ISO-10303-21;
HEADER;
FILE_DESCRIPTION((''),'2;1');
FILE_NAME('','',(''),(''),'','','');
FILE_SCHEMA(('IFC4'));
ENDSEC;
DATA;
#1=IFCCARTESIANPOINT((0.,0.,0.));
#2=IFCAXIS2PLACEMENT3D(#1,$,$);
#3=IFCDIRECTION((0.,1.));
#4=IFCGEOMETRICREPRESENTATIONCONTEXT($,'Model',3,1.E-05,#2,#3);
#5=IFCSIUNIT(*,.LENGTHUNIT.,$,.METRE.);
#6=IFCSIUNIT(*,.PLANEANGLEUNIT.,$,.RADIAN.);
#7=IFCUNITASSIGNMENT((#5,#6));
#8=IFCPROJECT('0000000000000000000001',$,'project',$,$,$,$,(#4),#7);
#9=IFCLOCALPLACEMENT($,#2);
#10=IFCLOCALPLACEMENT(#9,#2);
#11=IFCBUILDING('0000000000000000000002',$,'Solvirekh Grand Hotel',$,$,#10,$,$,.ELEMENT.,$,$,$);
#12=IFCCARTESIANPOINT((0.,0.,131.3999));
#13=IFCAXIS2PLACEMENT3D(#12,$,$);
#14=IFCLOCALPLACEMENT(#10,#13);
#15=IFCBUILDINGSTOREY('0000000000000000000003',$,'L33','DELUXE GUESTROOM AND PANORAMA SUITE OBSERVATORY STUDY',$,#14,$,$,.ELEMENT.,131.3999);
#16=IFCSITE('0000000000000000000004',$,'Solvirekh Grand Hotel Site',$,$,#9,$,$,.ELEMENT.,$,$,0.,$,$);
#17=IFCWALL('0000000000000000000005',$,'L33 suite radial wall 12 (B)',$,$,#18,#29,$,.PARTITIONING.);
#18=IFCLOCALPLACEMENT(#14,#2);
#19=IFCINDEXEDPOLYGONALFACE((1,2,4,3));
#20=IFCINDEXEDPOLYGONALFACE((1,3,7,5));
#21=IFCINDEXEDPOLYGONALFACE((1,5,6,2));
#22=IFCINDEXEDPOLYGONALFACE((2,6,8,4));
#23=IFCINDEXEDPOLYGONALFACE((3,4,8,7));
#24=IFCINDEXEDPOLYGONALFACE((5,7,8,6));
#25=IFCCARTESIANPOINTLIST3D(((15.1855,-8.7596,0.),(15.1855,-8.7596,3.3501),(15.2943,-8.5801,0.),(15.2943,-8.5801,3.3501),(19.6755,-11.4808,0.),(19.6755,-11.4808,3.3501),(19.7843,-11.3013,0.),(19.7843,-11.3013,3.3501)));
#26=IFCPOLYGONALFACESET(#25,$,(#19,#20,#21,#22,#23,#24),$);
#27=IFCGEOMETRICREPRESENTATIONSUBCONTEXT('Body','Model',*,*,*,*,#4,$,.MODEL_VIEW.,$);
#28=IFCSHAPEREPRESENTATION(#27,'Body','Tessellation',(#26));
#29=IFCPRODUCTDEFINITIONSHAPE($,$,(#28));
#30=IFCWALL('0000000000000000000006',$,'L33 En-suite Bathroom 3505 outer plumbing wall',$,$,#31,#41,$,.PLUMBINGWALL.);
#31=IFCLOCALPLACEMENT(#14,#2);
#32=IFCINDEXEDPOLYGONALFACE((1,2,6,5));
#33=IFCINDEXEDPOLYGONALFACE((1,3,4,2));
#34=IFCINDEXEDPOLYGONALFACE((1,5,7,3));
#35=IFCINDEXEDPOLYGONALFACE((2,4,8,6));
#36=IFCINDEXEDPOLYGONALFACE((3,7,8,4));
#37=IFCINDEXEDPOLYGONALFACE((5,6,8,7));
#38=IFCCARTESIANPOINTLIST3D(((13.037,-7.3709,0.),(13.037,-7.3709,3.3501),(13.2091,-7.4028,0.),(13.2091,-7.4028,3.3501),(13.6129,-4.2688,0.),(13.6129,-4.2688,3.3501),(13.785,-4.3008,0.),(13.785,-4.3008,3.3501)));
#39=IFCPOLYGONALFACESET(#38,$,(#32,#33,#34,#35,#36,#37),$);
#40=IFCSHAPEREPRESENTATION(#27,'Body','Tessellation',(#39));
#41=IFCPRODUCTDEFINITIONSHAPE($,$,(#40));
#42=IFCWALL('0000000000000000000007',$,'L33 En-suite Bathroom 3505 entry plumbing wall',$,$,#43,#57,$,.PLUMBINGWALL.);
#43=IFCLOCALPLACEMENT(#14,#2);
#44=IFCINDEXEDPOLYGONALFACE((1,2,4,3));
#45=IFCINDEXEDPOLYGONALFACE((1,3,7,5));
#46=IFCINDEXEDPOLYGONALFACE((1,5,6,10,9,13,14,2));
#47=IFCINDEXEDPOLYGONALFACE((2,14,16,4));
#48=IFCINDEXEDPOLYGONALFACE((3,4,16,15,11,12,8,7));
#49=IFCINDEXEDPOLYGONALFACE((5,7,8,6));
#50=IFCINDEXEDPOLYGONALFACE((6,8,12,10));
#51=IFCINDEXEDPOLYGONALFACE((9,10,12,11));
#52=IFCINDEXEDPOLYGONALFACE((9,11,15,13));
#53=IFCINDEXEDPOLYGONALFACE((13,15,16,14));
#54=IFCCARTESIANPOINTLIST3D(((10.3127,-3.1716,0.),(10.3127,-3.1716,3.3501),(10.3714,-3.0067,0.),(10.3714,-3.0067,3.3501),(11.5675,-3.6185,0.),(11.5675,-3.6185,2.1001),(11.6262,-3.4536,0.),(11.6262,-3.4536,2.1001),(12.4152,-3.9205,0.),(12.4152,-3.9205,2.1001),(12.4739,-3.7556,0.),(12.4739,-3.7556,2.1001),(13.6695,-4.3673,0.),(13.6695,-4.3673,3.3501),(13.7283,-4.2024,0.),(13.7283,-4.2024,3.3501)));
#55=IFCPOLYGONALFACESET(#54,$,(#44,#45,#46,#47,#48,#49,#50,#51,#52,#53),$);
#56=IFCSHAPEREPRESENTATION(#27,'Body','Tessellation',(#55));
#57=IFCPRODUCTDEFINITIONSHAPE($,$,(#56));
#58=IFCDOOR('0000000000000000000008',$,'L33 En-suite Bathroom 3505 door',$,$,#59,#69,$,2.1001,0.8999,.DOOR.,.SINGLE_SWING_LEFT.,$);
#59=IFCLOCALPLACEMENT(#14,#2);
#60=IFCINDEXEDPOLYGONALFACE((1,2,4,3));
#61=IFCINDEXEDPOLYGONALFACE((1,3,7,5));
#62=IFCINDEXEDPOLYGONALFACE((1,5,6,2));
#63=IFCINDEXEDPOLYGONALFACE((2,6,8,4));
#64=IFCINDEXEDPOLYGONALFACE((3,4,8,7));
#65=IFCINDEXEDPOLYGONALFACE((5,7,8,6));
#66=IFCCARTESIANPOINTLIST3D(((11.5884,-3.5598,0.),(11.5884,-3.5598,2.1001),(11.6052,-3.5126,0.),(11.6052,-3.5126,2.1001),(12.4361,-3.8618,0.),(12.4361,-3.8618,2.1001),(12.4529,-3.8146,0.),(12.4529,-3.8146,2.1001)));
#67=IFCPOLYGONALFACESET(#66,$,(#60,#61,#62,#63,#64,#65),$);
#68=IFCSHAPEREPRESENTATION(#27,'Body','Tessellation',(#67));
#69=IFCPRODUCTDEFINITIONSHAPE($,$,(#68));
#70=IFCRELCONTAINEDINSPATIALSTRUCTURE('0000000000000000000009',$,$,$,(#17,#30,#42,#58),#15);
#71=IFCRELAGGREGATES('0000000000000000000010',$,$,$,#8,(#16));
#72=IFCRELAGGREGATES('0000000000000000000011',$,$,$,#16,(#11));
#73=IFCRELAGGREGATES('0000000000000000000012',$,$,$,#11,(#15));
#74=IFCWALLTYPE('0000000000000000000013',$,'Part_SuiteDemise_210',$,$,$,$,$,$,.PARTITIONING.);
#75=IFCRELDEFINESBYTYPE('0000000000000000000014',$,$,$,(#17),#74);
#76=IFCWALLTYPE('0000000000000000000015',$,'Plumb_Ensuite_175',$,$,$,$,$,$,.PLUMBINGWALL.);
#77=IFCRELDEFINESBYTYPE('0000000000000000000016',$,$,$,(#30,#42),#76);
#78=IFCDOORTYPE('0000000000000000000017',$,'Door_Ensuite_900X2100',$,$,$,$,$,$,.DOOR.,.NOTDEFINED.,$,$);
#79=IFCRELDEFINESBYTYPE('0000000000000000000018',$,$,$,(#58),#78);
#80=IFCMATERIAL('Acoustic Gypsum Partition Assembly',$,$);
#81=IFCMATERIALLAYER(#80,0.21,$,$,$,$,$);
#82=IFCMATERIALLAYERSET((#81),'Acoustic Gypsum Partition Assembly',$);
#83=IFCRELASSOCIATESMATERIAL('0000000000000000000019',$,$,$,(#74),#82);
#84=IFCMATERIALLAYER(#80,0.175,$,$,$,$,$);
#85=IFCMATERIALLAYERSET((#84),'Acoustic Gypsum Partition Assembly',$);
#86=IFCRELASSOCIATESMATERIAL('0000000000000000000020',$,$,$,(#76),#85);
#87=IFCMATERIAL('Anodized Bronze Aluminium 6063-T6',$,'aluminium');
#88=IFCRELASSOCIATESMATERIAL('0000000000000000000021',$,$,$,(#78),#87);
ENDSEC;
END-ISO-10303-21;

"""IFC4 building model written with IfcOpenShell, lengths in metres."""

from ifc_helpers import new_model, si_unit, direction, frame, frame_2d, origin, place, context, subcontext, project, spatial, rectangle, extrude, material, layer, layer_set, type_object, element, fill, save


model = new_model("IFC4")

# Units and contexts
model_context = context("Model", 3, precision=1e-05, world=origin(), true_north=direction((0.0, 1.0)))
body_context = subcontext(model_context, "Body", "Model", "MODEL_VIEW")
ifc_project = project(units=[si_unit("LENGTHUNIT", "METRE"), si_unit("PLANEANGLEUNIT", "RADIAN")], contexts=[model_context])

# Site, building, storey
site_placement = place(None, origin())
site = spatial("IfcSite", under=ifc_project, at=site_placement, Name="Solvirekh Grand Hotel Site", CompositionType="ELEMENT", RefElevation=0.0)
building_placement = place(site_placement, origin())
building = spatial("IfcBuilding", under=site, at=building_placement, Name="Solvirekh Grand Hotel", CompositionType="ELEMENT")
storey_placement = place(building_placement, frame((0.0, 0.0, 131.3999)))
storey = spatial("IfcBuildingStorey", under=building, at=storey_placement, Name="L33", Description="DELUXE GUESTROOM AND PANORAMA SUITE OBSERVATORY STUDY", CompositionType="ELEMENT", Elevation=131.3999)

# Shared definitions
ifc_material_1 = material(Name="Anodized Bronze Aluminium 6063-T6", Category="aluminium")

# Shared definitions
ifc_material_2 = material(Name="Acoustic Gypsum Partition Assembly")

# Walls
ifc_layer_1 = layer(ifc_material_2, 0.21)
ifc_layer_set_1 = layer_set([ifc_layer_1], Name="Acoustic Gypsum Partition Assembly")
wall_type_1 = type_object("IfcWallType", Name="Part_SuiteDemise_210", PredefinedType="PARTITIONING", material=ifc_layer_set_1)
wall_1_placement = place(storey_placement, frame((15.24, -8.6699, 0.0), z_axis=(0.0, 0.0, 1.0), x_axis=(0.855199, -0.5183, 0.0)))
element("IfcWall", 1, at=wall_1_placement, inside=storey, type_object=wall_type_1, Name="L33 suite radial wall 12 (B)", PredefinedType="PARTITIONING", context=body_context, shape_type="SweptSolid", body=[
    extrude(rectangle(XDim=5.2502, YDim=0.21, at=frame_2d((2.625, 0.0))), origin(), (0.0, 0.0, 1.0), 3.3501),
])
ifc_layer_2 = layer(ifc_material_2, 0.175)
ifc_layer_set_2 = layer_set([ifc_layer_2], Name="Acoustic Gypsum Partition Assembly")
wall_type_2 = type_object("IfcWallType", Name="Plumb_Ensuite_175", PredefinedType="PLUMBINGWALL", material=ifc_layer_set_2)
wall_2_placement = place(storey_placement, frame((13.123, -7.387, 0.0), z_axis=(0.0, 0.0, 1.0), x_axis=(0.182541, 0.983198, 0.0)))
element("IfcWall", 2, at=wall_2_placement, inside=storey, type_object=wall_type_2, Name="L33 En-suite Bathroom 3505 outer plumbing wall", PredefinedType="PLUMBINGWALL", context=body_context, shape_type="SweptSolid", body=[
    extrude(rectangle(XDim=3.155, YDim=0.175, at=frame_2d((1.5776, 0.0))), origin(), (0.0, 0.0, 1.0), 3.3501),
])

# Wall, opening, door
wall_3_placement = place(storey_placement, frame((10.342, -3.0891, 0.0), z_axis=(0.0, 0.0, 1.0), x_axis=(0.942017, -0.335564, 0.0)))
wall_3 = element("IfcWall", 3, at=wall_3_placement, inside=storey, type_object=wall_type_2, Name="L33 En-suite Bathroom 3505 entry plumbing wall", PredefinedType="PLUMBINGWALL", context=body_context, shape_type="SweptSolid", body=[
    extrude(rectangle(XDim=3.5635, YDim=0.175, at=frame_2d((1.7817, 0.0))), origin(), (0.0, 0.0, 1.0), 3.3501),
])
opening_1_placement = place(wall_3_placement, frame((1.332, 0.0, 0.0)))
opening_1 = element("IfcOpeningElement", 4, at=opening_1_placement, cuts=wall_3, PredefinedType="OPENING", context=body_context, shape_type="SweptSolid", body=[
    extrude(rectangle(XDim=0.8999, YDim=2.1001, at=frame_2d((0.45, 1.05))), frame((0.0, 0.0977, 0.0), z_axis=(0.0, -1.0, 0.0), x_axis=(1.0, 0.0, 0.0)), (0.0, 0.0, 1.0), 0.1951),
])
door_type_1 = type_object("IfcDoorType", Name="Door_Ensuite_900X2100", OperationType="NOTDEFINED", PredefinedType="DOOR", material=ifc_material_1)
door_1_placement = place(opening_1_placement, origin())
door_1 = element("IfcDoor", 5, at=door_1_placement, inside=storey, type_object=door_type_1, Name="L33 En-suite Bathroom 3505 door", OperationType="SINGLE_SWING_LEFT", OverallHeight=2.1001, OverallWidth=0.8999, PredefinedType="DOOR", context=body_context, shape_type="SweptSolid", body=[
    extrude(rectangle(XDim=0.8999, YDim=2.1001, at=frame_2d((0.45, 1.05))), frame((0.0, 0.0249, 0.0), z_axis=(0.0, -1.0, 0.0), x_axis=(1.0, 0.0, 0.0)), (0.0, 0.0, 1.0), 0.05),
])
fill(opening_1, door_1)

save(model, "model.ifc")
